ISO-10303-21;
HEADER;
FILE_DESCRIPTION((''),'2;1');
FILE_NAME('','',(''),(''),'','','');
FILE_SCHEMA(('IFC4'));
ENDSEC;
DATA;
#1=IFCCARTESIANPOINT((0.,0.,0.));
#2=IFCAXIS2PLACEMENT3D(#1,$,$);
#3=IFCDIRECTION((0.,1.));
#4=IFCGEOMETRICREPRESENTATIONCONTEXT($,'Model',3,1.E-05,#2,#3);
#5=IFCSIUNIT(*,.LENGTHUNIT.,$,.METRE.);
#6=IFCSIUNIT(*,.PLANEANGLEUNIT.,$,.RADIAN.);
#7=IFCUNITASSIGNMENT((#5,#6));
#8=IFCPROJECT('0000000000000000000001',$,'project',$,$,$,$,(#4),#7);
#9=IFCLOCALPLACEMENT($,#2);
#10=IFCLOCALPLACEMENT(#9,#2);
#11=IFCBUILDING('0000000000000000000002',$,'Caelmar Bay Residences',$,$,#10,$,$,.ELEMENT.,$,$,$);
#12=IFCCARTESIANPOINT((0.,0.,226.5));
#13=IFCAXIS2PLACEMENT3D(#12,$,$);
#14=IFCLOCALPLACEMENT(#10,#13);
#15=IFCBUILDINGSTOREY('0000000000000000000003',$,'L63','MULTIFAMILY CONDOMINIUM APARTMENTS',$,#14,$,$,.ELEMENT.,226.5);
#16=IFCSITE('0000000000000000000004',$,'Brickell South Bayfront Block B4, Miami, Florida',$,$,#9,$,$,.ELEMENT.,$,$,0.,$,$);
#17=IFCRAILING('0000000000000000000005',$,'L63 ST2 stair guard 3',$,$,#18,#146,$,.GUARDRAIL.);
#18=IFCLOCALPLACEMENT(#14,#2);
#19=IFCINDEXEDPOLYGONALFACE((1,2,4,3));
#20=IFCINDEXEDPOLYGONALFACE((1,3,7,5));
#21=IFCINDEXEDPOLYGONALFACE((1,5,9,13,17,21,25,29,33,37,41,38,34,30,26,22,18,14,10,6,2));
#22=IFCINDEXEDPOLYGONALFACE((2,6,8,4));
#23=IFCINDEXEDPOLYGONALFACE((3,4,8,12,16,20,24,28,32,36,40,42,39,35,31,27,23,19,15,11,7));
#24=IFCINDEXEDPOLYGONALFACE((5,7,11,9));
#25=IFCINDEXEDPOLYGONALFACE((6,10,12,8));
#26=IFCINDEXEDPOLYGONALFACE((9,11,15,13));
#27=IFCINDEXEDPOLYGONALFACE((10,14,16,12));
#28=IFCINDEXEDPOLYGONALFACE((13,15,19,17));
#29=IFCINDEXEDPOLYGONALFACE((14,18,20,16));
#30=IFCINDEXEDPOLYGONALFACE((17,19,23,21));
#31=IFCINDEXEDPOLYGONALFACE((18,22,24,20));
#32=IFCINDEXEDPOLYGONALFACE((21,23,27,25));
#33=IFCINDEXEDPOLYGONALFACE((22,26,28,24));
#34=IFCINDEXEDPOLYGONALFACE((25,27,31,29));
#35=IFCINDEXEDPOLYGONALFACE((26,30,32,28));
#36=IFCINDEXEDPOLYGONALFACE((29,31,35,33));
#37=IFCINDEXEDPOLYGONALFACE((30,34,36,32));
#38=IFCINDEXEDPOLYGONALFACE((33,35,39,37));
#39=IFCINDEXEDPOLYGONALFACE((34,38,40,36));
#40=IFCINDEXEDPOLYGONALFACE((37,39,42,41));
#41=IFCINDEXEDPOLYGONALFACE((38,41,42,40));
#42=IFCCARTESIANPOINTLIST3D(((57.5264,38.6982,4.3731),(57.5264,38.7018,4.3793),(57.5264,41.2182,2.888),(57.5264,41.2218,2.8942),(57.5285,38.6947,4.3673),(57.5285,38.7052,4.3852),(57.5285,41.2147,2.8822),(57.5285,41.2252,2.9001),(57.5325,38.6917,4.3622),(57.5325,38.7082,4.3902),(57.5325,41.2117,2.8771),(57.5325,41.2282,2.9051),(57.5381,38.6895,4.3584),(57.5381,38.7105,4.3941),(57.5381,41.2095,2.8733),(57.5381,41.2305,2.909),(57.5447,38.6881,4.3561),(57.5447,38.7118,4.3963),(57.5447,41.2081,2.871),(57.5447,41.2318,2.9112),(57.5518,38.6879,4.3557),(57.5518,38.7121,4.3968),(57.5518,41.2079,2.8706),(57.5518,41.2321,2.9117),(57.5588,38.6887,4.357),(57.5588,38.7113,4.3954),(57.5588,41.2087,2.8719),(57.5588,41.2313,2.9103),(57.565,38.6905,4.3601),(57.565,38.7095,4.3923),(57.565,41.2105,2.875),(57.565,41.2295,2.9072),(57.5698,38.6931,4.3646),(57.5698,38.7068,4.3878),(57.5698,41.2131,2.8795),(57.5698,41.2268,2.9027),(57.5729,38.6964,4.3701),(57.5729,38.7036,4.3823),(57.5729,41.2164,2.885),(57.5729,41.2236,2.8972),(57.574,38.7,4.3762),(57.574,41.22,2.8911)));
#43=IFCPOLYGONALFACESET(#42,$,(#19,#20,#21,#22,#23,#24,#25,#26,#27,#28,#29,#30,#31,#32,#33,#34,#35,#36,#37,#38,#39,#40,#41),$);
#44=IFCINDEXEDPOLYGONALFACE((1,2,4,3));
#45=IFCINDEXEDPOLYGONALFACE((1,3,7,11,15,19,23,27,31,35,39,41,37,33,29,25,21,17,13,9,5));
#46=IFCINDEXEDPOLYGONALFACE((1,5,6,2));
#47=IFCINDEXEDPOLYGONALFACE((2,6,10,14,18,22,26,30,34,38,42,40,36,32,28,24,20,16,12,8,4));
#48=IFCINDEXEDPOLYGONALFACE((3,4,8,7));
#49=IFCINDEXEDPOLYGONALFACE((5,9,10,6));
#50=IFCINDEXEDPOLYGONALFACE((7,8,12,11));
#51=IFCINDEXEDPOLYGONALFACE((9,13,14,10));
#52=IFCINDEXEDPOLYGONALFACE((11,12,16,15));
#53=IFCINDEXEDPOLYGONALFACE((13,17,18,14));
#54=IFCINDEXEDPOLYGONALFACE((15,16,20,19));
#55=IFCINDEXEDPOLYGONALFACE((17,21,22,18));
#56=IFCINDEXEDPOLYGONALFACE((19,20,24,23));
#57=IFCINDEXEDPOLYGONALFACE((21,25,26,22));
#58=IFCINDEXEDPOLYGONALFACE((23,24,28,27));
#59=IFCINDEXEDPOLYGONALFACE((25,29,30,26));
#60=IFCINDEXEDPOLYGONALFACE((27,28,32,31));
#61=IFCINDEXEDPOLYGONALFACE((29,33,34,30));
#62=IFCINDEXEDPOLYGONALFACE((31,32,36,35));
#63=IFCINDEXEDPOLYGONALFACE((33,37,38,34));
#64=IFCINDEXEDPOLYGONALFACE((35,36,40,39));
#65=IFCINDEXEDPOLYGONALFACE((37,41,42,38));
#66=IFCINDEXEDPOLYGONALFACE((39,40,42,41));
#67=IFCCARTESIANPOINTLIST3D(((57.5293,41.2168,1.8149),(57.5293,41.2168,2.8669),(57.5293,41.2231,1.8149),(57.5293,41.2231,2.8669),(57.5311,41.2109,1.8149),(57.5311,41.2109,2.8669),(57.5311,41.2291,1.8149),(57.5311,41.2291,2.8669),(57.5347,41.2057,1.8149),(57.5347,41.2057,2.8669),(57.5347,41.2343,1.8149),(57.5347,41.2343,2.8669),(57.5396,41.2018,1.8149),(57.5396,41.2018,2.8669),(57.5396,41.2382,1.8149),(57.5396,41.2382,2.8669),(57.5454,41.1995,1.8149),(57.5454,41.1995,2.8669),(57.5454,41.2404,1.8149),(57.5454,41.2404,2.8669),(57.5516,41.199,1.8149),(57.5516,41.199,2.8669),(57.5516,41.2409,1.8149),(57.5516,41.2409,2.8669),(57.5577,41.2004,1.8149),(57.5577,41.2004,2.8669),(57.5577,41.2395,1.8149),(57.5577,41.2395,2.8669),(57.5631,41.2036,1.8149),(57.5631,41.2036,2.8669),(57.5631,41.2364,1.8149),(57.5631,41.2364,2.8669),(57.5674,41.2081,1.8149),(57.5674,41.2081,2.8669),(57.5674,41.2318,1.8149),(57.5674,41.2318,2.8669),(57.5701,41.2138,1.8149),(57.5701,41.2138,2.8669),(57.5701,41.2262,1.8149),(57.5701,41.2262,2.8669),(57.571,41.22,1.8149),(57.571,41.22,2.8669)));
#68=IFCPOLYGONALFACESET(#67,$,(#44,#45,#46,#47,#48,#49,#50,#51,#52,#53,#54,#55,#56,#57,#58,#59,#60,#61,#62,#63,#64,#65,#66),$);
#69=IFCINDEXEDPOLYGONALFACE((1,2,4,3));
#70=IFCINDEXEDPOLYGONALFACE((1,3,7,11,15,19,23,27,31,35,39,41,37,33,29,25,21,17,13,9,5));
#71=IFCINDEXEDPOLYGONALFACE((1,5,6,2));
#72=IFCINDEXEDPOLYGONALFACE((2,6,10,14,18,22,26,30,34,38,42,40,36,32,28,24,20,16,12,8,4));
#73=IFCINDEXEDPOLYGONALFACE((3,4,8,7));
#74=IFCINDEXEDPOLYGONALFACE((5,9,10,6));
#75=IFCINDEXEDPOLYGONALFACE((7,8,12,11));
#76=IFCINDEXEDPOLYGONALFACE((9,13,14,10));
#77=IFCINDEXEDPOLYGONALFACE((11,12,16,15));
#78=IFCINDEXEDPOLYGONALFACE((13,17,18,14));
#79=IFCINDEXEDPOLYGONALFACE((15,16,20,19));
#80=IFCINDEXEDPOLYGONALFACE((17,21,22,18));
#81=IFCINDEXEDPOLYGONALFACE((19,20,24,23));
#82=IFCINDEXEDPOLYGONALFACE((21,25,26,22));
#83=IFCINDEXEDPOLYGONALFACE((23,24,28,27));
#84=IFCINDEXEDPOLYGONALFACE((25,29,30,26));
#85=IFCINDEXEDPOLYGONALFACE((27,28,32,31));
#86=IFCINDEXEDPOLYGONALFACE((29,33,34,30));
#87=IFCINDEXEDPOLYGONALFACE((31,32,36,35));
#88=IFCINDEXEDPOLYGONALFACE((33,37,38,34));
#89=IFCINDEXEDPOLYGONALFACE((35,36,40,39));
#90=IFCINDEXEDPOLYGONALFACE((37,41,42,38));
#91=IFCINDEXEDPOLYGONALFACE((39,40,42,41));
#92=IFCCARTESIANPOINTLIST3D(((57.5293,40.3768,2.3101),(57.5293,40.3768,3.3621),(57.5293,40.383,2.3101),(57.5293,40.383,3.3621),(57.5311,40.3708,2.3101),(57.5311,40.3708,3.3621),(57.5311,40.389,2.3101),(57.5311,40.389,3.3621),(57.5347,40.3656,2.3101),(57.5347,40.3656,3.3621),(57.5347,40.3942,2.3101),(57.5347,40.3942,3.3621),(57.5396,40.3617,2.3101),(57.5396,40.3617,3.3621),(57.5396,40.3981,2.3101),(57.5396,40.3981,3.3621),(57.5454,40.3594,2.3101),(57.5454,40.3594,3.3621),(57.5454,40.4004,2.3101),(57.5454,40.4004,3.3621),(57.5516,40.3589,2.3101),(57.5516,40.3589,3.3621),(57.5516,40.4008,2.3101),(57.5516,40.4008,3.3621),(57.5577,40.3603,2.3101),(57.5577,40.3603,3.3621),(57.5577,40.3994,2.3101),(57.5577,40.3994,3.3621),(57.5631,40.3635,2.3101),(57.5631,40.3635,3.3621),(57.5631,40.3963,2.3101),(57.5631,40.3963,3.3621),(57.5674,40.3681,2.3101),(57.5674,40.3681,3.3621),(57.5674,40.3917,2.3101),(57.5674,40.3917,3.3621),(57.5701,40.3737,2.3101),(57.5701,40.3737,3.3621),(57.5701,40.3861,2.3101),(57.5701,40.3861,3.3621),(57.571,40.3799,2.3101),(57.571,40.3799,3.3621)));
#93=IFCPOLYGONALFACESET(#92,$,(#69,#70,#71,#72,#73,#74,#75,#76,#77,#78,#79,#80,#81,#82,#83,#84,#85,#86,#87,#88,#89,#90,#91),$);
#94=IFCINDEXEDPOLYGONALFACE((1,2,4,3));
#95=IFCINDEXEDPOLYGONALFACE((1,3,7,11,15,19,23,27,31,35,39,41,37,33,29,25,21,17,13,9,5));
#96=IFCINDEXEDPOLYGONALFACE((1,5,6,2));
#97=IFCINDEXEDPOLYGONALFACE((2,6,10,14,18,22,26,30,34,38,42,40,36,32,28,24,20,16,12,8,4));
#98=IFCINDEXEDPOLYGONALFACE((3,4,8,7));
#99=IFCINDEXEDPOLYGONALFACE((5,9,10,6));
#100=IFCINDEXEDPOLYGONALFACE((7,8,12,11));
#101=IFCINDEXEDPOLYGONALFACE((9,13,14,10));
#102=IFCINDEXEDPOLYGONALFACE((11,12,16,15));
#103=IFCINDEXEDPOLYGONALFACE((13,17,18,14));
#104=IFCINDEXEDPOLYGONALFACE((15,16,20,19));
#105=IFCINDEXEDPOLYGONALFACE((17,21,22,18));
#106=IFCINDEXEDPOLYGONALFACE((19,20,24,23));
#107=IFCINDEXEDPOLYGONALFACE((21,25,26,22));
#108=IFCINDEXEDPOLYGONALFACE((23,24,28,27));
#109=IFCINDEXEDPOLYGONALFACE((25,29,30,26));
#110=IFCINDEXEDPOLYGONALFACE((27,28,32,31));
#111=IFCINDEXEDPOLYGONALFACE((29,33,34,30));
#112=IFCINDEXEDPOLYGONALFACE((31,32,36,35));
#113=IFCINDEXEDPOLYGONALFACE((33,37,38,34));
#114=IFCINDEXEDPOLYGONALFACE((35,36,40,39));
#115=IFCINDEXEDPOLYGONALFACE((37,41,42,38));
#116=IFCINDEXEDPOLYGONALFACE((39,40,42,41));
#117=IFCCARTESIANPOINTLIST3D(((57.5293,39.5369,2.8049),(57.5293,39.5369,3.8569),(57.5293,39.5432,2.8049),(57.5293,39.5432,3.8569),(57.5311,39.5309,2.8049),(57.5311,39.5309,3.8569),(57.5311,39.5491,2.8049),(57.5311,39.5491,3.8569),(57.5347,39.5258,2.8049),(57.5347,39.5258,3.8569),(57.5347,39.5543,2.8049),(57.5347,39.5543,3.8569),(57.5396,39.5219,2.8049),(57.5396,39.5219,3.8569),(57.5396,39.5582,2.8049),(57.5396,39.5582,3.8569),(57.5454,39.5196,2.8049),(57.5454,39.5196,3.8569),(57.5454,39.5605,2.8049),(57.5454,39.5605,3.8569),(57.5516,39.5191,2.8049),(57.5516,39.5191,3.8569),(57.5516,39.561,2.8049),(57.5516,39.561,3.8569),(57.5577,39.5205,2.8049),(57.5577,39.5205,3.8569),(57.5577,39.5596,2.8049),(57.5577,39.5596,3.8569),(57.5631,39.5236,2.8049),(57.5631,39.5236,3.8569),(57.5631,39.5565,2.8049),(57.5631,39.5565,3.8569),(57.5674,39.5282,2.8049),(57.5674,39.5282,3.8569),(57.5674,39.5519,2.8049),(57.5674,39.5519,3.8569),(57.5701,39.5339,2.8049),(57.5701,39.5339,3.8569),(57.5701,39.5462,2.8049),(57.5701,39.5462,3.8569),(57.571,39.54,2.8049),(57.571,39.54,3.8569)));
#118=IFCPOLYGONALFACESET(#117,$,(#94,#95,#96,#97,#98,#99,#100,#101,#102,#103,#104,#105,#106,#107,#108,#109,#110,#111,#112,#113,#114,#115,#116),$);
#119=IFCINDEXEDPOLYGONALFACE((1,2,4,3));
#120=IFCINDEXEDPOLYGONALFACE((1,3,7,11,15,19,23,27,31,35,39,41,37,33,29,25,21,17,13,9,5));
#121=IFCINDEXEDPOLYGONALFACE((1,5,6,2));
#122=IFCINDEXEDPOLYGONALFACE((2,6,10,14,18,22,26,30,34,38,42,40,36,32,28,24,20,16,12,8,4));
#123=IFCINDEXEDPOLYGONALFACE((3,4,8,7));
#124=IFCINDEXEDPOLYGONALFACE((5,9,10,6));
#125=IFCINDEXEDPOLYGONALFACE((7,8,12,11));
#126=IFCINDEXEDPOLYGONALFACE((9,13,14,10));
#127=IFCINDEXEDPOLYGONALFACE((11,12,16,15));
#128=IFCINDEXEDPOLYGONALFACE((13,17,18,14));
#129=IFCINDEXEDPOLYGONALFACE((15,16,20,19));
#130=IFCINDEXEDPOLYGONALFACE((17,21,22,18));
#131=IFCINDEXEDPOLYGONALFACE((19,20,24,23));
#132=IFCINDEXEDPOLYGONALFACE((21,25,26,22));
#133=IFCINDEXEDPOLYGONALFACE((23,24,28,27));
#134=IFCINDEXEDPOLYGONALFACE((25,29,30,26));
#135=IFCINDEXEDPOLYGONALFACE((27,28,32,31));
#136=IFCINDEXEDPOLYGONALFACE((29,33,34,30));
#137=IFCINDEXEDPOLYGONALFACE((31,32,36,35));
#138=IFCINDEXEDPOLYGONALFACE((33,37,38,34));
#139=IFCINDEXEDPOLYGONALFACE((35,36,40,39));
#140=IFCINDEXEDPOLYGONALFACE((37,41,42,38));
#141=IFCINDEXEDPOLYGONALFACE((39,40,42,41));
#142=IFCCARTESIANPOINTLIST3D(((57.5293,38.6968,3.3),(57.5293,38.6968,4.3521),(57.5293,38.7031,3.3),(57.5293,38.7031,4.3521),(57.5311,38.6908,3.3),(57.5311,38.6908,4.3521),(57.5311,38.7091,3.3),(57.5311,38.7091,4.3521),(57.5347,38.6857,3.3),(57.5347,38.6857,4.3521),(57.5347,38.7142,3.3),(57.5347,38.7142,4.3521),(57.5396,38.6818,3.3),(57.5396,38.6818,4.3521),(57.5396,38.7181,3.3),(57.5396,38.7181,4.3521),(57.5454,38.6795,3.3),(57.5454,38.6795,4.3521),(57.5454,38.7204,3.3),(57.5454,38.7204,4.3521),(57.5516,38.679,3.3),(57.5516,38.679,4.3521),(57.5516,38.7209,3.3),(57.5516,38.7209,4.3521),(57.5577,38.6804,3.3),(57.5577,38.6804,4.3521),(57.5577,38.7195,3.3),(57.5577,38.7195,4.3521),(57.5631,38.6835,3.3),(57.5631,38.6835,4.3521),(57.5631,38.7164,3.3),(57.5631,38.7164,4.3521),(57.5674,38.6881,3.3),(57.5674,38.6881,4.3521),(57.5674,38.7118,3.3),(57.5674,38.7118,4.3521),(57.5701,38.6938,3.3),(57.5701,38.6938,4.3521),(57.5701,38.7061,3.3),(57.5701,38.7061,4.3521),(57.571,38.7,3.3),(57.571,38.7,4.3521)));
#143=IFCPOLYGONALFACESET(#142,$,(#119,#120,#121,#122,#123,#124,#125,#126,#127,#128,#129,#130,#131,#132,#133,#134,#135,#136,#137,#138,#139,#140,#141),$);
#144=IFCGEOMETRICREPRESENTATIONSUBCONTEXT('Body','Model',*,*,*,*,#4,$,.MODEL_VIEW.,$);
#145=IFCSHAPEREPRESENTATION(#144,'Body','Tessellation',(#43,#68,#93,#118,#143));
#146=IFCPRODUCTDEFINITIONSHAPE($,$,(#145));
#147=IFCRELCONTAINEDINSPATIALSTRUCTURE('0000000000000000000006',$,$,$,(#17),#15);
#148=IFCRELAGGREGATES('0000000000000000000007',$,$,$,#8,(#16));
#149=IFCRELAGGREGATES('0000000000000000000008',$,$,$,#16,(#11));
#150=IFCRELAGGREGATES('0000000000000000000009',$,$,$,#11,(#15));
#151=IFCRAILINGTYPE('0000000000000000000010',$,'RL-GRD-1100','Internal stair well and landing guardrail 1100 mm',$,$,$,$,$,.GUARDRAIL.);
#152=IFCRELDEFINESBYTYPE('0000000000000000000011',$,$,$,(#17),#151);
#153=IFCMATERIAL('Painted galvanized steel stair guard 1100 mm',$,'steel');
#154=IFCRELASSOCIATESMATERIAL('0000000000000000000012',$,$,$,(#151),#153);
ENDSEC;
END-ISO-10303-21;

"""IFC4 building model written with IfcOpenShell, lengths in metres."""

from ifc_helpers import new_model, si_unit, direction, frame, origin, origin_2d, place, context, subcontext, project, spatial, circle, extrude, material, type_object, element, save


model = new_model("IFC4")

# Units and contexts
model_context = context("Model", 3, precision=1e-05, world=origin(), true_north=direction((0.0, 1.0)))
body_context = subcontext(model_context, "Body", "Model", "MODEL_VIEW")
ifc_project = project(units=[si_unit("LENGTHUNIT", "METRE"), si_unit("PLANEANGLEUNIT", "RADIAN")], contexts=[model_context])

# Site, building, storey
site_placement = place(None, origin())
site = spatial("IfcSite", under=ifc_project, at=site_placement, Name="Brickell South Bayfront Block B4, Miami, Florida", CompositionType="ELEMENT", RefElevation=0.0)
building_placement = place(site_placement, origin())
building = spatial("IfcBuilding", under=site, at=building_placement, Name="Caelmar Bay Residences", CompositionType="ELEMENT")
storey_placement = place(building_placement, frame((0.0, 0.0, 226.5)))
storey = spatial("IfcBuildingStorey", under=building, at=storey_placement, Name="L63", Description="MULTIFAMILY CONDOMINIUM APARTMENTS", CompositionType="ELEMENT", Elevation=226.5)

# Railing
ifc_material_1 = material(Name="Painted galvanized steel stair guard 1100 mm", Category="steel")
railing_type_1 = type_object("IfcRailingType", Name="RL-GRD-1100", Description="Internal stair well and landing guardrail 1100 mm", PredefinedType="GUARDRAIL", material=ifc_material_1)
railing_1_placement = place(storey_placement, frame((57.55, 41.22, 1.8149)))
element("IfcRailing", 1, at=railing_1_placement, inside=storey, type_object=railing_type_1, Name="L63 ST2 stair guard 3", PredefinedType="GUARDRAIL", context=body_context, shape_type="SweptSolid", body=[
    extrude(circle(Radius=0.0239, at=origin_2d()), frame((0.0, 0.0, 1.0762), z_axis=(0.0, -0.861524, 0.507717), x_axis=(1.0, 0.0, 0.0)), (0.0, 0.0, 1.0), 2.925),
    extrude(circle(Radius=0.021, at=origin_2d()), origin(), (0.0, 0.0, 1.0), 1.052),
    extrude(circle(Radius=0.021, at=origin_2d()), frame((0.0, -0.8401, 0.4951)), (0.0, 0.0, 1.0), 1.052),
    extrude(circle(Radius=0.021, at=origin_2d()), frame((0.0, -1.6799, 0.99)), (0.0, 0.0, 1.0), 1.052),
    extrude(circle(Radius=0.021, at=origin_2d()), frame((0.0, -2.52, 1.4851)), (0.0, 0.0, 1.0), 1.052),
])

save(model, "model.ifc")
